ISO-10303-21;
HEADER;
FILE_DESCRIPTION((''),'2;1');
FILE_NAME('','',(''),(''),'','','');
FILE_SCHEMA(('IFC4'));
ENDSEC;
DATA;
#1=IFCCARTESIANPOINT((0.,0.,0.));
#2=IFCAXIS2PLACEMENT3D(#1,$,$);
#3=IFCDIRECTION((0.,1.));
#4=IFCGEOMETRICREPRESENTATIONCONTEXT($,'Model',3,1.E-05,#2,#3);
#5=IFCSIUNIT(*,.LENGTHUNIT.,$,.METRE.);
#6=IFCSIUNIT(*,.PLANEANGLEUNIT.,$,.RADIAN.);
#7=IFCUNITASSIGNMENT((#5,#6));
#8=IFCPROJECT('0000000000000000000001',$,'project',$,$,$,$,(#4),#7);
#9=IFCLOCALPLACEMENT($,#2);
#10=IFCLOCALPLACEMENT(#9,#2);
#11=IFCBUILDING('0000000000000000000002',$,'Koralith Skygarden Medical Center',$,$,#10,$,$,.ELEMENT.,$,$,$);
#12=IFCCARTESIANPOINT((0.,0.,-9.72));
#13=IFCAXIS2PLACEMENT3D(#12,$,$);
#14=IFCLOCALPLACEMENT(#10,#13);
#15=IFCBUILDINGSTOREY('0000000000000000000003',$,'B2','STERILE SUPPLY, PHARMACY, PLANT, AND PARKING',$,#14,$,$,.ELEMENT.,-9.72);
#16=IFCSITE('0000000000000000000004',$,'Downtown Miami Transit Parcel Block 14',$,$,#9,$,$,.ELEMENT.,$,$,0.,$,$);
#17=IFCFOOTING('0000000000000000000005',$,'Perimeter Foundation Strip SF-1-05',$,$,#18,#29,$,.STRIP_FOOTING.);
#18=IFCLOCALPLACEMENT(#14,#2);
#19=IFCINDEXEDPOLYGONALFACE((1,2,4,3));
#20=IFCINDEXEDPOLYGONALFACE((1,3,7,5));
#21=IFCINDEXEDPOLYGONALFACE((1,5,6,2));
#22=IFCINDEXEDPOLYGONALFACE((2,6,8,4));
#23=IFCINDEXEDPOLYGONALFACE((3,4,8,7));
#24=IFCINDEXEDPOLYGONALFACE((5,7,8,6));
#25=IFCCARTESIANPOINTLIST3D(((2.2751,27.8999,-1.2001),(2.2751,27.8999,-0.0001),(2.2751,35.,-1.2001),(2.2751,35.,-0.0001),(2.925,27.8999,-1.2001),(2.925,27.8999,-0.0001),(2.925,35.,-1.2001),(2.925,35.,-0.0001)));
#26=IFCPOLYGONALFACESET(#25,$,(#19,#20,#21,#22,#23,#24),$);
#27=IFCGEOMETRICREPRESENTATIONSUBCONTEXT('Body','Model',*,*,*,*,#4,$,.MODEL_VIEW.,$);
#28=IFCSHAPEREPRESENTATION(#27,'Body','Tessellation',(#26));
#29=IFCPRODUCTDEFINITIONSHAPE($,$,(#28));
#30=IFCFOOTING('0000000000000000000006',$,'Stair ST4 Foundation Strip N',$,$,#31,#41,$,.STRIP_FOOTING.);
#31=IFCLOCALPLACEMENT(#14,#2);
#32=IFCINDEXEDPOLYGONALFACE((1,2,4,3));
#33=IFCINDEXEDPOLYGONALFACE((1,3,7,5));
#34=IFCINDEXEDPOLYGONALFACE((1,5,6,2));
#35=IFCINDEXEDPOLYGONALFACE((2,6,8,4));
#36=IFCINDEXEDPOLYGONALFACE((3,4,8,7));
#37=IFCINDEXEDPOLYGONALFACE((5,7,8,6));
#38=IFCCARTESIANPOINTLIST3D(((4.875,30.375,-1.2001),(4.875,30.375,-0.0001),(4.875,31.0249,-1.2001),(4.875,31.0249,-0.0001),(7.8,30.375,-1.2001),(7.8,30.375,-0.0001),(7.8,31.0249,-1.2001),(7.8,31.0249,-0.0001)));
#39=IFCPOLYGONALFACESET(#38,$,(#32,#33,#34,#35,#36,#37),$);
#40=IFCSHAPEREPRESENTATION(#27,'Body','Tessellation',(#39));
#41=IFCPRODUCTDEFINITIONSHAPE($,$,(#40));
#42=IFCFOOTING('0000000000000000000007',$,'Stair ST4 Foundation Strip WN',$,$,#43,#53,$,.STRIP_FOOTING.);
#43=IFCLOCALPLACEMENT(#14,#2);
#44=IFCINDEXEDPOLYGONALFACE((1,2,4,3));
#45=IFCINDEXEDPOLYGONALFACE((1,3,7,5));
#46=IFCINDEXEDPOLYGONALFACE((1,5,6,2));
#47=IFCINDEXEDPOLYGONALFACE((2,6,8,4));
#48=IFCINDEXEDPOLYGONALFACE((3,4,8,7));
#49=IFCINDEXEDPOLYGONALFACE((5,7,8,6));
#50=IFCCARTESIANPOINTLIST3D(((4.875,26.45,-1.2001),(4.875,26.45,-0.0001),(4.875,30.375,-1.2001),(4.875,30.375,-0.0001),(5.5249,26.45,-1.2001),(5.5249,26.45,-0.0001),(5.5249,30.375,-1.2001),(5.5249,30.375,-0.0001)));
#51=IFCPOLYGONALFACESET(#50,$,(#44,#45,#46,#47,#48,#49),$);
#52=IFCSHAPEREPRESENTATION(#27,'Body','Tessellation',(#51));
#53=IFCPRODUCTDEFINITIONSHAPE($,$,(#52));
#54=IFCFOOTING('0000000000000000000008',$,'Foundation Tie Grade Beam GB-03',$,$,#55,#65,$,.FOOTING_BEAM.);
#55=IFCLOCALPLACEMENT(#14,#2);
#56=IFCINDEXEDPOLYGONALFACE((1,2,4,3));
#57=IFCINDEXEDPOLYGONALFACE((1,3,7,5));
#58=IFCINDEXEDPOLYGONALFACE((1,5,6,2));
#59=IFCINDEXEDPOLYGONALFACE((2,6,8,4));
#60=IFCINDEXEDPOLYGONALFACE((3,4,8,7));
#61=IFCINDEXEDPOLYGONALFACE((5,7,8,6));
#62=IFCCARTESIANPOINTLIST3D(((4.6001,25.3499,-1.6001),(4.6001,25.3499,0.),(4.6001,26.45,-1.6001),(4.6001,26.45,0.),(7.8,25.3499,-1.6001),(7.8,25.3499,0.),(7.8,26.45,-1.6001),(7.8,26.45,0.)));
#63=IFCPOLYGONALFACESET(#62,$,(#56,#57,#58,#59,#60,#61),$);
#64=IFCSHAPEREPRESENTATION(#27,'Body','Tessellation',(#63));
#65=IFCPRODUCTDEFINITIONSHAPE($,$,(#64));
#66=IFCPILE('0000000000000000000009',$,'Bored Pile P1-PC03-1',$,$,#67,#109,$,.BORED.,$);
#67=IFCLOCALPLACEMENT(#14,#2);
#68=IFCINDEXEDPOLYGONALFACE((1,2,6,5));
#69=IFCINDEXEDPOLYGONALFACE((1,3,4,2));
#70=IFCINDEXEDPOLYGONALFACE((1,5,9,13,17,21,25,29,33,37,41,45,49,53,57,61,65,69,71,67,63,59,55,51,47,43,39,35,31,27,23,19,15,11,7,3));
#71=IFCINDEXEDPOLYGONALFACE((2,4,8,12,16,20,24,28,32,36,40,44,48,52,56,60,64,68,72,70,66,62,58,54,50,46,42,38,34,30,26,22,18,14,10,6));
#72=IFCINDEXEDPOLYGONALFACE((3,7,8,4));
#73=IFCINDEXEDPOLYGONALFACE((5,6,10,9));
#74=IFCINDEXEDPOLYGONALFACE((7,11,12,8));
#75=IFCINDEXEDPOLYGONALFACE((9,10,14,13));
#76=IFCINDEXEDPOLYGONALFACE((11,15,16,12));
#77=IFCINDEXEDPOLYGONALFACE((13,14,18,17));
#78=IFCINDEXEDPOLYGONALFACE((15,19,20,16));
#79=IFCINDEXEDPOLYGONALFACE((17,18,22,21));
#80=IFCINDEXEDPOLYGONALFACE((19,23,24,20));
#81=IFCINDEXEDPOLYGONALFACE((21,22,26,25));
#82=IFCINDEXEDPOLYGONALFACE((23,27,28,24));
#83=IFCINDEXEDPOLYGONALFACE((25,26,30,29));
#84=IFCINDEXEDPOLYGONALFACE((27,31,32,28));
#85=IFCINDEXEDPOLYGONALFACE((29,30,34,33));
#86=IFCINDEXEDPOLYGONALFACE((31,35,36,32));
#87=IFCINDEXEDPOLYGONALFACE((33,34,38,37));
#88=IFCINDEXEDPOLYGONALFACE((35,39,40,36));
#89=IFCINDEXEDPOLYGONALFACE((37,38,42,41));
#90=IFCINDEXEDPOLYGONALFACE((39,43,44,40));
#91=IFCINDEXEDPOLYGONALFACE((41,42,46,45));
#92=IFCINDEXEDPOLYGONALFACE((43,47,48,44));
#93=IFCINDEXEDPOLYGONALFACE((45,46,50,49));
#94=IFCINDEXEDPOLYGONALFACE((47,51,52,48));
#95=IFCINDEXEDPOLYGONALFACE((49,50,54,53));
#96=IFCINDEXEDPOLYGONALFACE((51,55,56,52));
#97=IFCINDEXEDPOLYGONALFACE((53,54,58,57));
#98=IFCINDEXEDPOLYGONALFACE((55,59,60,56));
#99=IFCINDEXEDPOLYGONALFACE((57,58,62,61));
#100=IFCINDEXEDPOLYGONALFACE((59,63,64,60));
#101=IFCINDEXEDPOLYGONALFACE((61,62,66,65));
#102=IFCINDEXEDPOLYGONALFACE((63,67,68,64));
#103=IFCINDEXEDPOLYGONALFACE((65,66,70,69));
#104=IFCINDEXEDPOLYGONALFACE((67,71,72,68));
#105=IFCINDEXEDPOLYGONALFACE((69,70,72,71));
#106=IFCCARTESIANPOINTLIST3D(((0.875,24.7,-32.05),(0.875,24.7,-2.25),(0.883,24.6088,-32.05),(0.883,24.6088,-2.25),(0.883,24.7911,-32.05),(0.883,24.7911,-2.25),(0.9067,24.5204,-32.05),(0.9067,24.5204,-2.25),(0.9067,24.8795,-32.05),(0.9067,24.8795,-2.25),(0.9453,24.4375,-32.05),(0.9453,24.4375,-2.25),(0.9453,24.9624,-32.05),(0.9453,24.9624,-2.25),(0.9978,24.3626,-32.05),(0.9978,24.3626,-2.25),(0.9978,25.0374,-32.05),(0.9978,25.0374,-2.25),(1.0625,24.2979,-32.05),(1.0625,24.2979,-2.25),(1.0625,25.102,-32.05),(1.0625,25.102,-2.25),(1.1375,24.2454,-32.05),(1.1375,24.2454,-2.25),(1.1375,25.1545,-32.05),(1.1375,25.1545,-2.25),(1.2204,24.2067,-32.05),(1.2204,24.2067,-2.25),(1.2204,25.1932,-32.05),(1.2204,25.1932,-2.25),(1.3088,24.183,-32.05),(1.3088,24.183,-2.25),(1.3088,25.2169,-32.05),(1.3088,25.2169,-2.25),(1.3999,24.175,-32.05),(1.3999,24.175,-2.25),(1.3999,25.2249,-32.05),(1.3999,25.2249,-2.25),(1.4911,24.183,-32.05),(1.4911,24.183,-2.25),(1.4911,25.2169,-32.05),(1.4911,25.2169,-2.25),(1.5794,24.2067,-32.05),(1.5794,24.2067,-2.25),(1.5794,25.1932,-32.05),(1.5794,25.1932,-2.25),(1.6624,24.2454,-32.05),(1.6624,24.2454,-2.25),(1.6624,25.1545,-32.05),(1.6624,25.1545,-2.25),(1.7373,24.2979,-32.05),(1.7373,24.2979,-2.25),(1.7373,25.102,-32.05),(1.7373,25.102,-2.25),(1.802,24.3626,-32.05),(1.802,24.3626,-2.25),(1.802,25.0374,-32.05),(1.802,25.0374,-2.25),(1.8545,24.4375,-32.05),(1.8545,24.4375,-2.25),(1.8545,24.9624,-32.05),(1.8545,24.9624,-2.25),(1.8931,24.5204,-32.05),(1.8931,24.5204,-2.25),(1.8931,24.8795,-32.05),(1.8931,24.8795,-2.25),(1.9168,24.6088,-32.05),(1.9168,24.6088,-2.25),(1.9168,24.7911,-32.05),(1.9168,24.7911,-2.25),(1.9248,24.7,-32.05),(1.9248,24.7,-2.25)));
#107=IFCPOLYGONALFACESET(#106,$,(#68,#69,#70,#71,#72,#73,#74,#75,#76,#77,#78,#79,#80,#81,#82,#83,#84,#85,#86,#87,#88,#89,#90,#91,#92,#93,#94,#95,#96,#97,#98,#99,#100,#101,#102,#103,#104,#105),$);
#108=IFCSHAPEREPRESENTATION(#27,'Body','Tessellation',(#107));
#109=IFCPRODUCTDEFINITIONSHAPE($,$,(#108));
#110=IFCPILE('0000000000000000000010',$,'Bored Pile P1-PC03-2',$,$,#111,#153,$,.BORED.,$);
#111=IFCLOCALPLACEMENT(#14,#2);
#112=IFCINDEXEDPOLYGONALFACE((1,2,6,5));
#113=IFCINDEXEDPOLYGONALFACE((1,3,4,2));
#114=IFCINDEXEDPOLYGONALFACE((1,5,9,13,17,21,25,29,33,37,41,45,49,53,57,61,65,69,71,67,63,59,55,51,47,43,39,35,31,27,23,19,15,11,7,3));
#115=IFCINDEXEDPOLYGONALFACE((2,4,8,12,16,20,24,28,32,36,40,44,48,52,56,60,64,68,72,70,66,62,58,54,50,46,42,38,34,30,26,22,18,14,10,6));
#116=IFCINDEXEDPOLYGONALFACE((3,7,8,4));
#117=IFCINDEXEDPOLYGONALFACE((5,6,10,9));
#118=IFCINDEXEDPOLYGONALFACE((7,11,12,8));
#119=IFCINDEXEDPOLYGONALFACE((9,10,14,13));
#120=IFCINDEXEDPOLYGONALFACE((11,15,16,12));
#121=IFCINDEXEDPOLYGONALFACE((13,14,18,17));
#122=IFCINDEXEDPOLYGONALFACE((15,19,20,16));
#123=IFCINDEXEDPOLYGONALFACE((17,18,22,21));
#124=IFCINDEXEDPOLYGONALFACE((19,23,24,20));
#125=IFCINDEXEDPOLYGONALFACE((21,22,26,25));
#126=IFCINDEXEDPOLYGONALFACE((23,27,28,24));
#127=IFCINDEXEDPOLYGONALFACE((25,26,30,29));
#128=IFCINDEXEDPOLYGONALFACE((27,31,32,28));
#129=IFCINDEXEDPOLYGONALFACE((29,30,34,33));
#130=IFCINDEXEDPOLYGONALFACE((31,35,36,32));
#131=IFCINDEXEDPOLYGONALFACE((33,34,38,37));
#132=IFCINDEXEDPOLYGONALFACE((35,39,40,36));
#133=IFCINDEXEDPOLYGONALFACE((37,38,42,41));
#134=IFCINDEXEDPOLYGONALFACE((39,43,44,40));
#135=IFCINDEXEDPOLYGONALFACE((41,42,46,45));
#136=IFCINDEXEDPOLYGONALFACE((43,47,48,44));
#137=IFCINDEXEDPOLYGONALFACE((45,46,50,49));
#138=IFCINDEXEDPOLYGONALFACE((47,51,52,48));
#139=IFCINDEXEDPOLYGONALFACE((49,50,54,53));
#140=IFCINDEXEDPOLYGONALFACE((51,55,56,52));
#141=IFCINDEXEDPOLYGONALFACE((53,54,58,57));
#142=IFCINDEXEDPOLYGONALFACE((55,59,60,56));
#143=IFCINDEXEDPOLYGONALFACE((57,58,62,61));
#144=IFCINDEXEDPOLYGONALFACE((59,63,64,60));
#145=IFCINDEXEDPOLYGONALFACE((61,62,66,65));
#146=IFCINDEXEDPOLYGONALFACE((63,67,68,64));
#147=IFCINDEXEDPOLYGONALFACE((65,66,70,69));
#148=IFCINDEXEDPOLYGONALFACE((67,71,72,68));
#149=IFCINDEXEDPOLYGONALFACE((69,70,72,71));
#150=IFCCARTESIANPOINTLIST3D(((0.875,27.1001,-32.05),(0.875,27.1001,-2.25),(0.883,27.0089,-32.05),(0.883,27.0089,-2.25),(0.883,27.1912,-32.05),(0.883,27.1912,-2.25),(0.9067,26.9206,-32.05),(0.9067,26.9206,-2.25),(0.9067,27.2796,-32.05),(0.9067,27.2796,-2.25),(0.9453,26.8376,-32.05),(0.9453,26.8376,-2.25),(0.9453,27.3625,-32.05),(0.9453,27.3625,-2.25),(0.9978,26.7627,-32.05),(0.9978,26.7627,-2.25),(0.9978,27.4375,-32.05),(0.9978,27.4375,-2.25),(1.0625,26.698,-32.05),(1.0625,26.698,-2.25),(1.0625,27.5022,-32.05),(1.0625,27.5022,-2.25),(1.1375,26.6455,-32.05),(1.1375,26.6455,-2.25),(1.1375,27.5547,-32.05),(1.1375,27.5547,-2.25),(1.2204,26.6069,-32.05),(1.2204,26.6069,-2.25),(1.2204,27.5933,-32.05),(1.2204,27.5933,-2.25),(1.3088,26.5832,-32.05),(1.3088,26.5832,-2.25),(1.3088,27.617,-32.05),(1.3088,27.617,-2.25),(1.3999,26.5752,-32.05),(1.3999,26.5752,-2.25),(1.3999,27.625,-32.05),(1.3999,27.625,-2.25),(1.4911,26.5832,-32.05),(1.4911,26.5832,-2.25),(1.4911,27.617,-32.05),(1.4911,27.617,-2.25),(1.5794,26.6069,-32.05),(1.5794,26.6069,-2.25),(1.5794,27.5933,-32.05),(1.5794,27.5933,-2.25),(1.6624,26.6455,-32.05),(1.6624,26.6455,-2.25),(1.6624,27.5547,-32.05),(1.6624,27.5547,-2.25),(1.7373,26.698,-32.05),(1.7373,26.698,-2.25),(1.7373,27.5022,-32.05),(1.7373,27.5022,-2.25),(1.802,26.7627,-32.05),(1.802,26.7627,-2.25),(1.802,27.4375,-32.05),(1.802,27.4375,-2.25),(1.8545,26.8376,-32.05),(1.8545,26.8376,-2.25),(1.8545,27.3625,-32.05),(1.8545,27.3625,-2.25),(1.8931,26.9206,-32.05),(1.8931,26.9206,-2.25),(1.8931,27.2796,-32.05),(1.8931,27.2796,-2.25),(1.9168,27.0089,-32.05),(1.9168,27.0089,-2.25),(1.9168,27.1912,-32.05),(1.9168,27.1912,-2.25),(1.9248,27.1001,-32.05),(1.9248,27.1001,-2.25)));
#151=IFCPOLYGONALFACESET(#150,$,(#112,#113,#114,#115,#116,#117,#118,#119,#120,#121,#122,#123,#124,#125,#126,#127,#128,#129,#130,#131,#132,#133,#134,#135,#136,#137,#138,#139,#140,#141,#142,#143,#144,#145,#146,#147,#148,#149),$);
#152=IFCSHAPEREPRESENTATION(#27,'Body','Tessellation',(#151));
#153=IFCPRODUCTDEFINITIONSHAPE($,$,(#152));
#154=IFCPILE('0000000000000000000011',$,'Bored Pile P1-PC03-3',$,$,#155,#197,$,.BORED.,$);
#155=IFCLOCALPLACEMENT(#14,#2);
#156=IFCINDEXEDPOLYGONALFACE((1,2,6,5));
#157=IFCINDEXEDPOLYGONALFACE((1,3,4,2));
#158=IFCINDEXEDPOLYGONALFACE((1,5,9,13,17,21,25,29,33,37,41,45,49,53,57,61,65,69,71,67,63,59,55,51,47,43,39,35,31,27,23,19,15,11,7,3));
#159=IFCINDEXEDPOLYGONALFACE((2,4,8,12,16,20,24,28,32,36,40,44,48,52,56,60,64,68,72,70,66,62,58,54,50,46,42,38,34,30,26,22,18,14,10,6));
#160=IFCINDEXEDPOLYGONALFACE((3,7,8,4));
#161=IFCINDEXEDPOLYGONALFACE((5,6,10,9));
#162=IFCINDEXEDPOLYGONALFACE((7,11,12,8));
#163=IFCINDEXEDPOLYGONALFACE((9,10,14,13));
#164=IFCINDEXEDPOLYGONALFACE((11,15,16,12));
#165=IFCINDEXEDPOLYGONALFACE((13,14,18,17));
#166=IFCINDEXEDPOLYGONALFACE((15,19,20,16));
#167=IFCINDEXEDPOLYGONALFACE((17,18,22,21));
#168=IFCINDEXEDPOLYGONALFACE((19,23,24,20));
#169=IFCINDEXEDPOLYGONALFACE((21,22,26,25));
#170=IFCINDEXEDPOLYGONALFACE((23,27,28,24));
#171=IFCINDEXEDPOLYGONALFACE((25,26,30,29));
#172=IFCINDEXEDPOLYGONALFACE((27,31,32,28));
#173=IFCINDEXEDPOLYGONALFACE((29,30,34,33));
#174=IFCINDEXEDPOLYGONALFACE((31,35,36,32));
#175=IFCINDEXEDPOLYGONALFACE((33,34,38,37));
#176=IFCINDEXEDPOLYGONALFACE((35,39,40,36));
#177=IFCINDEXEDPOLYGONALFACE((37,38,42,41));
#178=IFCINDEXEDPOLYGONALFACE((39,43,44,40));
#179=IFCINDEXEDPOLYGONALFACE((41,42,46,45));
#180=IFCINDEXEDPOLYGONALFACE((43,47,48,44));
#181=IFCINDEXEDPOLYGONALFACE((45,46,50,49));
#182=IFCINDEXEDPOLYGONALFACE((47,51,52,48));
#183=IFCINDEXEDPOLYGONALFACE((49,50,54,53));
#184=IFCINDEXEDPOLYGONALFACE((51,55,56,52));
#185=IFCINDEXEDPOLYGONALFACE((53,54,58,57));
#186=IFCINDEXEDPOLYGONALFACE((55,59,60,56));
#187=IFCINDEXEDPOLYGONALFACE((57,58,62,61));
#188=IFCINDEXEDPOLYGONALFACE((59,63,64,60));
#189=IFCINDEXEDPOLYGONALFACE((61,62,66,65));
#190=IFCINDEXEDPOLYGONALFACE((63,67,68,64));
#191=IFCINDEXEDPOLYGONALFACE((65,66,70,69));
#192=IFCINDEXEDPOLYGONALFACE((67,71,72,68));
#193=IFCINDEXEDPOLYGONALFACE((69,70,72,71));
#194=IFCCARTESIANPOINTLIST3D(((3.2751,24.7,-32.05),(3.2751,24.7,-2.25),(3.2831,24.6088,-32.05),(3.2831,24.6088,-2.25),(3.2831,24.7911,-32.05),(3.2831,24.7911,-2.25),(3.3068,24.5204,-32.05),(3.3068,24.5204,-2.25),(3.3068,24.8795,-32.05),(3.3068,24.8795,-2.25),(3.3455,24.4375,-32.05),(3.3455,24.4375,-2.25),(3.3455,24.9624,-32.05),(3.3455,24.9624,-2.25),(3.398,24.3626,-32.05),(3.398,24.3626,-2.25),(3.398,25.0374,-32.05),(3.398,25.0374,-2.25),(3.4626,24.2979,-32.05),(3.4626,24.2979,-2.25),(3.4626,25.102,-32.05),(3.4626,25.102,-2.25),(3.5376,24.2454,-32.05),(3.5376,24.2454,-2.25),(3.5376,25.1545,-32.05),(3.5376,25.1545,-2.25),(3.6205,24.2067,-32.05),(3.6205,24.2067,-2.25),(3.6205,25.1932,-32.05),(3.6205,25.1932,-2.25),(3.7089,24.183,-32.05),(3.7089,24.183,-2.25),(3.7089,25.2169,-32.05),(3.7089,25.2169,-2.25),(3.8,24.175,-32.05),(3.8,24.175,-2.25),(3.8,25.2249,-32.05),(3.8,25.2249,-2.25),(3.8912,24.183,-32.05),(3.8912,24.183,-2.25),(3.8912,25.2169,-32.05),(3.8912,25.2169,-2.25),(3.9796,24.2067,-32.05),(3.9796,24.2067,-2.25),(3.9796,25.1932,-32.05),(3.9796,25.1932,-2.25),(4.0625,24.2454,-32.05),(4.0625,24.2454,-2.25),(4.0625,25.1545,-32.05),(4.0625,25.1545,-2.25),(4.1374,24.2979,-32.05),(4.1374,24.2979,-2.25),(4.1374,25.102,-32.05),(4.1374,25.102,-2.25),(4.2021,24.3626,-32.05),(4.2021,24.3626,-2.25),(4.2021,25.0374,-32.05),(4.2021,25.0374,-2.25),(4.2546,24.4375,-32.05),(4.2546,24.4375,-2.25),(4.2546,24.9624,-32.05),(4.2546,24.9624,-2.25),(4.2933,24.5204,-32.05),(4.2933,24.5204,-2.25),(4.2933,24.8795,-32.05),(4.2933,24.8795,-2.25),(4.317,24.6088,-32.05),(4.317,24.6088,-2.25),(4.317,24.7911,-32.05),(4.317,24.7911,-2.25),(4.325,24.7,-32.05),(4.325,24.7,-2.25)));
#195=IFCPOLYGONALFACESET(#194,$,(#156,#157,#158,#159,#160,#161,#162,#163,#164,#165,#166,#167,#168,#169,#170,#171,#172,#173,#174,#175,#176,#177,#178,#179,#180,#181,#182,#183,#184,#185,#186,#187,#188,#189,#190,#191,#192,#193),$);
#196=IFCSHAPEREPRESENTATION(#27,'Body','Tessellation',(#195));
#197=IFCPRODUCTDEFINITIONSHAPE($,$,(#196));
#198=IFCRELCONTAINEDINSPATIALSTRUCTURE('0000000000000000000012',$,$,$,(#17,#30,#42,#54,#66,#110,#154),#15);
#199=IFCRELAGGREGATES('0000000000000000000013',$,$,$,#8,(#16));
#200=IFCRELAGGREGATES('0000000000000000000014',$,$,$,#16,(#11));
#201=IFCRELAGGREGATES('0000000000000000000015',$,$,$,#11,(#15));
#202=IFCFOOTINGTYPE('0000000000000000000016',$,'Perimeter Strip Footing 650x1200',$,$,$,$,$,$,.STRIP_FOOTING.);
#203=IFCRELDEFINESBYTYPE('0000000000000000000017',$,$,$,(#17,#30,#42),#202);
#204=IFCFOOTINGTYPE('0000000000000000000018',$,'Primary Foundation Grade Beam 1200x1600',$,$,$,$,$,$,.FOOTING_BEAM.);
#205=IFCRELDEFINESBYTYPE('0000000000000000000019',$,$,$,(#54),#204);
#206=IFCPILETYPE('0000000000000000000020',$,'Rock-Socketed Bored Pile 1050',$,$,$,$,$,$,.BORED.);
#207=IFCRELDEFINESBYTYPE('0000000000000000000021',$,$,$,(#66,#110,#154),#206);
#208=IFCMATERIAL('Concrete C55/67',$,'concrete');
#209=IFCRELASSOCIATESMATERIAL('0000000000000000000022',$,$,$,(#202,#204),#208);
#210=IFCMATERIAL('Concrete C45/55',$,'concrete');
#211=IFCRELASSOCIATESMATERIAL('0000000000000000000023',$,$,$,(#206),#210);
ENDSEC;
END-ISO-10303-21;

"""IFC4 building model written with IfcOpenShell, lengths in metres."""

from ifc_helpers import new_model, si_unit, direction, frame, origin, origin_2d, place, context, subcontext, project, spatial, rectangle, circle, extrude, material, material_profile, profile_set, type_object, element, save


model = new_model("IFC4")

# Units and contexts
model_context = context("Model", 3, precision=1e-05, world=origin(), true_north=direction((0.0, 1.0)))
body_context = subcontext(model_context, "Body", "Model", "MODEL_VIEW")
ifc_project = project(units=[si_unit("LENGTHUNIT", "METRE"), si_unit("PLANEANGLEUNIT", "RADIAN")], contexts=[model_context])

# Site, building, storey
site_placement = place(None, origin())
site = spatial("IfcSite", under=ifc_project, at=site_placement, Name="Downtown Miami Transit Parcel Block 14", CompositionType="ELEMENT", RefElevation=0.0)
building_placement = place(site_placement, origin())
building = spatial("IfcBuilding", under=site, at=building_placement, Name="Koralith Skygarden Medical Center", CompositionType="ELEMENT")
storey_placement = place(building_placement, frame((0.0, 0.0, -9.72)))
storey = spatial("IfcBuildingStorey", under=building, at=storey_placement, Name="B2", Description="STERILE SUPPLY, PHARMACY, PLANT, AND PARKING", CompositionType="ELEMENT", Elevation=-9.72)

# Footings
ifc_material_1 = material(Name="Concrete C55/67", Category="concrete")
ifc_material_profile_1 = material_profile(ifc_material_1, rectangle(XDim=0.6499, YDim=1.2, at=origin_2d()), Name="SF650X1200")
ifc_profile_set_1 = profile_set([ifc_material_profile_1], Name="Concrete C55/67")
footing_type_1 = type_object("IfcFootingType", Name="Perimeter Strip Footing 650x1200", PredefinedType="STRIP_FOOTING", material=ifc_profile_set_1)
footing_1_placement = place(storey_placement, frame((2.6001, 27.8999, -0.6001), z_axis=(0.0, 1.0, 0.0), x_axis=(-1.0, 0.0, 0.0)))
element("IfcFooting", 1, at=footing_1_placement, inside=storey, type_object=footing_type_1, Name="Perimeter Foundation Strip SF-1-05", PredefinedType="STRIP_FOOTING", context=body_context, shape_type="SweptSolid", body=[
    extrude(rectangle(XDim=0.6499, YDim=1.2, at=origin_2d()), origin(), (0.0, 0.0, 1.0), 7.1001),
])
footing_2_placement = place(storey_placement, frame((4.875, 30.7, -0.6001), z_axis=(1.0, 0.0, 0.0), x_axis=(0.0, 1.0, 0.0)))
element("IfcFooting", 2, at=footing_2_placement, inside=storey, type_object=footing_type_1, Name="Stair ST4 Foundation Strip N", PredefinedType="STRIP_FOOTING", context=body_context, shape_type="SweptSolid", body=[
    extrude(rectangle(XDim=0.6499, YDim=1.2, at=origin_2d()), origin(), (0.0, 0.0, 1.0), 2.925),
])
footing_3_placement = place(storey_placement, frame((5.2, 26.45, -0.6001), z_axis=(0.0, 1.0, 0.0), x_axis=(-1.0, 0.0, 0.0)))
element("IfcFooting", 3, at=footing_3_placement, inside=storey, type_object=footing_type_1, Name="Stair ST4 Foundation Strip WN", PredefinedType="STRIP_FOOTING", context=body_context, shape_type="SweptSolid", body=[
    extrude(rectangle(XDim=0.6499, YDim=1.2, at=origin_2d()), origin(), (0.0, 0.0, 1.0), 3.925),
])
ifc_material_profile_2 = material_profile(ifc_material_1, rectangle(XDim=1.1001, YDim=1.6001, at=origin_2d()), Name="RCB1100X1600")
ifc_profile_set_2 = profile_set([ifc_material_profile_2], Name="Concrete C55/67")
footing_type_2 = type_object("IfcFootingType", Name="Primary Foundation Grade Beam 1200x1600", PredefinedType="FOOTING_BEAM", material=ifc_profile_set_2)
footing_4_placement = place(storey_placement, frame((4.6001, 25.8999, -0.8), z_axis=(1.0, 0.0, 0.0), x_axis=(0.0, 1.0, 0.0)))
element("IfcFooting", 4, at=footing_4_placement, inside=storey, type_object=footing_type_2, Name="Foundation Tie Grade Beam GB-03", PredefinedType="FOOTING_BEAM", context=body_context, shape_type="SweptSolid", body=[
    extrude(rectangle(XDim=1.1001, YDim=1.6001, at=origin_2d()), origin(), (0.0, 0.0, 1.0), 3.2),
])

# Piles
ifc_material_2 = material(Name="Concrete C45/55", Category="concrete")
ifc_material_profile_3 = material_profile(ifc_material_2, circle(Radius=0.5249, at=origin_2d()), Name="PILE1050")
ifc_profile_set_3 = profile_set([ifc_material_profile_3], Name="Concrete C45/55")
pile_type = type_object("IfcPileType", Name="Rock-Socketed Bored Pile 1050", PredefinedType="BORED", material=ifc_profile_set_3)
for number, where, z_axis, x_axis, name in (
    (5, (1.3999, 24.7, -2.25), (0.0, 0.0, -1.0), (1.0, 0.0, 0.0), "Bored Pile P1-PC03-1"),
    (6, (1.3999, 27.1001, -2.25), (0.0, 0.0, -1.0), (1.0, 0.0, 0.0), "Bored Pile P1-PC03-2"),
    (7, (3.8, 24.7, -2.25), (0.0, 0.0, -1.0), (1.0, 0.0, 0.0), "Bored Pile P1-PC03-3"),
):
    element("IfcPile", number, at=place(storey_placement, frame(where, z_axis=z_axis, x_axis=x_axis)), inside=storey, type_object=pile_type, Name=name, PredefinedType="BORED", context=body_context, shape_type="SweptSolid", body=[
        extrude(circle(Radius=0.5249, at=origin_2d()), origin(), (0.0, 0.0, 1.0), 29.8),
    ])

save(model, "model.ifc")
